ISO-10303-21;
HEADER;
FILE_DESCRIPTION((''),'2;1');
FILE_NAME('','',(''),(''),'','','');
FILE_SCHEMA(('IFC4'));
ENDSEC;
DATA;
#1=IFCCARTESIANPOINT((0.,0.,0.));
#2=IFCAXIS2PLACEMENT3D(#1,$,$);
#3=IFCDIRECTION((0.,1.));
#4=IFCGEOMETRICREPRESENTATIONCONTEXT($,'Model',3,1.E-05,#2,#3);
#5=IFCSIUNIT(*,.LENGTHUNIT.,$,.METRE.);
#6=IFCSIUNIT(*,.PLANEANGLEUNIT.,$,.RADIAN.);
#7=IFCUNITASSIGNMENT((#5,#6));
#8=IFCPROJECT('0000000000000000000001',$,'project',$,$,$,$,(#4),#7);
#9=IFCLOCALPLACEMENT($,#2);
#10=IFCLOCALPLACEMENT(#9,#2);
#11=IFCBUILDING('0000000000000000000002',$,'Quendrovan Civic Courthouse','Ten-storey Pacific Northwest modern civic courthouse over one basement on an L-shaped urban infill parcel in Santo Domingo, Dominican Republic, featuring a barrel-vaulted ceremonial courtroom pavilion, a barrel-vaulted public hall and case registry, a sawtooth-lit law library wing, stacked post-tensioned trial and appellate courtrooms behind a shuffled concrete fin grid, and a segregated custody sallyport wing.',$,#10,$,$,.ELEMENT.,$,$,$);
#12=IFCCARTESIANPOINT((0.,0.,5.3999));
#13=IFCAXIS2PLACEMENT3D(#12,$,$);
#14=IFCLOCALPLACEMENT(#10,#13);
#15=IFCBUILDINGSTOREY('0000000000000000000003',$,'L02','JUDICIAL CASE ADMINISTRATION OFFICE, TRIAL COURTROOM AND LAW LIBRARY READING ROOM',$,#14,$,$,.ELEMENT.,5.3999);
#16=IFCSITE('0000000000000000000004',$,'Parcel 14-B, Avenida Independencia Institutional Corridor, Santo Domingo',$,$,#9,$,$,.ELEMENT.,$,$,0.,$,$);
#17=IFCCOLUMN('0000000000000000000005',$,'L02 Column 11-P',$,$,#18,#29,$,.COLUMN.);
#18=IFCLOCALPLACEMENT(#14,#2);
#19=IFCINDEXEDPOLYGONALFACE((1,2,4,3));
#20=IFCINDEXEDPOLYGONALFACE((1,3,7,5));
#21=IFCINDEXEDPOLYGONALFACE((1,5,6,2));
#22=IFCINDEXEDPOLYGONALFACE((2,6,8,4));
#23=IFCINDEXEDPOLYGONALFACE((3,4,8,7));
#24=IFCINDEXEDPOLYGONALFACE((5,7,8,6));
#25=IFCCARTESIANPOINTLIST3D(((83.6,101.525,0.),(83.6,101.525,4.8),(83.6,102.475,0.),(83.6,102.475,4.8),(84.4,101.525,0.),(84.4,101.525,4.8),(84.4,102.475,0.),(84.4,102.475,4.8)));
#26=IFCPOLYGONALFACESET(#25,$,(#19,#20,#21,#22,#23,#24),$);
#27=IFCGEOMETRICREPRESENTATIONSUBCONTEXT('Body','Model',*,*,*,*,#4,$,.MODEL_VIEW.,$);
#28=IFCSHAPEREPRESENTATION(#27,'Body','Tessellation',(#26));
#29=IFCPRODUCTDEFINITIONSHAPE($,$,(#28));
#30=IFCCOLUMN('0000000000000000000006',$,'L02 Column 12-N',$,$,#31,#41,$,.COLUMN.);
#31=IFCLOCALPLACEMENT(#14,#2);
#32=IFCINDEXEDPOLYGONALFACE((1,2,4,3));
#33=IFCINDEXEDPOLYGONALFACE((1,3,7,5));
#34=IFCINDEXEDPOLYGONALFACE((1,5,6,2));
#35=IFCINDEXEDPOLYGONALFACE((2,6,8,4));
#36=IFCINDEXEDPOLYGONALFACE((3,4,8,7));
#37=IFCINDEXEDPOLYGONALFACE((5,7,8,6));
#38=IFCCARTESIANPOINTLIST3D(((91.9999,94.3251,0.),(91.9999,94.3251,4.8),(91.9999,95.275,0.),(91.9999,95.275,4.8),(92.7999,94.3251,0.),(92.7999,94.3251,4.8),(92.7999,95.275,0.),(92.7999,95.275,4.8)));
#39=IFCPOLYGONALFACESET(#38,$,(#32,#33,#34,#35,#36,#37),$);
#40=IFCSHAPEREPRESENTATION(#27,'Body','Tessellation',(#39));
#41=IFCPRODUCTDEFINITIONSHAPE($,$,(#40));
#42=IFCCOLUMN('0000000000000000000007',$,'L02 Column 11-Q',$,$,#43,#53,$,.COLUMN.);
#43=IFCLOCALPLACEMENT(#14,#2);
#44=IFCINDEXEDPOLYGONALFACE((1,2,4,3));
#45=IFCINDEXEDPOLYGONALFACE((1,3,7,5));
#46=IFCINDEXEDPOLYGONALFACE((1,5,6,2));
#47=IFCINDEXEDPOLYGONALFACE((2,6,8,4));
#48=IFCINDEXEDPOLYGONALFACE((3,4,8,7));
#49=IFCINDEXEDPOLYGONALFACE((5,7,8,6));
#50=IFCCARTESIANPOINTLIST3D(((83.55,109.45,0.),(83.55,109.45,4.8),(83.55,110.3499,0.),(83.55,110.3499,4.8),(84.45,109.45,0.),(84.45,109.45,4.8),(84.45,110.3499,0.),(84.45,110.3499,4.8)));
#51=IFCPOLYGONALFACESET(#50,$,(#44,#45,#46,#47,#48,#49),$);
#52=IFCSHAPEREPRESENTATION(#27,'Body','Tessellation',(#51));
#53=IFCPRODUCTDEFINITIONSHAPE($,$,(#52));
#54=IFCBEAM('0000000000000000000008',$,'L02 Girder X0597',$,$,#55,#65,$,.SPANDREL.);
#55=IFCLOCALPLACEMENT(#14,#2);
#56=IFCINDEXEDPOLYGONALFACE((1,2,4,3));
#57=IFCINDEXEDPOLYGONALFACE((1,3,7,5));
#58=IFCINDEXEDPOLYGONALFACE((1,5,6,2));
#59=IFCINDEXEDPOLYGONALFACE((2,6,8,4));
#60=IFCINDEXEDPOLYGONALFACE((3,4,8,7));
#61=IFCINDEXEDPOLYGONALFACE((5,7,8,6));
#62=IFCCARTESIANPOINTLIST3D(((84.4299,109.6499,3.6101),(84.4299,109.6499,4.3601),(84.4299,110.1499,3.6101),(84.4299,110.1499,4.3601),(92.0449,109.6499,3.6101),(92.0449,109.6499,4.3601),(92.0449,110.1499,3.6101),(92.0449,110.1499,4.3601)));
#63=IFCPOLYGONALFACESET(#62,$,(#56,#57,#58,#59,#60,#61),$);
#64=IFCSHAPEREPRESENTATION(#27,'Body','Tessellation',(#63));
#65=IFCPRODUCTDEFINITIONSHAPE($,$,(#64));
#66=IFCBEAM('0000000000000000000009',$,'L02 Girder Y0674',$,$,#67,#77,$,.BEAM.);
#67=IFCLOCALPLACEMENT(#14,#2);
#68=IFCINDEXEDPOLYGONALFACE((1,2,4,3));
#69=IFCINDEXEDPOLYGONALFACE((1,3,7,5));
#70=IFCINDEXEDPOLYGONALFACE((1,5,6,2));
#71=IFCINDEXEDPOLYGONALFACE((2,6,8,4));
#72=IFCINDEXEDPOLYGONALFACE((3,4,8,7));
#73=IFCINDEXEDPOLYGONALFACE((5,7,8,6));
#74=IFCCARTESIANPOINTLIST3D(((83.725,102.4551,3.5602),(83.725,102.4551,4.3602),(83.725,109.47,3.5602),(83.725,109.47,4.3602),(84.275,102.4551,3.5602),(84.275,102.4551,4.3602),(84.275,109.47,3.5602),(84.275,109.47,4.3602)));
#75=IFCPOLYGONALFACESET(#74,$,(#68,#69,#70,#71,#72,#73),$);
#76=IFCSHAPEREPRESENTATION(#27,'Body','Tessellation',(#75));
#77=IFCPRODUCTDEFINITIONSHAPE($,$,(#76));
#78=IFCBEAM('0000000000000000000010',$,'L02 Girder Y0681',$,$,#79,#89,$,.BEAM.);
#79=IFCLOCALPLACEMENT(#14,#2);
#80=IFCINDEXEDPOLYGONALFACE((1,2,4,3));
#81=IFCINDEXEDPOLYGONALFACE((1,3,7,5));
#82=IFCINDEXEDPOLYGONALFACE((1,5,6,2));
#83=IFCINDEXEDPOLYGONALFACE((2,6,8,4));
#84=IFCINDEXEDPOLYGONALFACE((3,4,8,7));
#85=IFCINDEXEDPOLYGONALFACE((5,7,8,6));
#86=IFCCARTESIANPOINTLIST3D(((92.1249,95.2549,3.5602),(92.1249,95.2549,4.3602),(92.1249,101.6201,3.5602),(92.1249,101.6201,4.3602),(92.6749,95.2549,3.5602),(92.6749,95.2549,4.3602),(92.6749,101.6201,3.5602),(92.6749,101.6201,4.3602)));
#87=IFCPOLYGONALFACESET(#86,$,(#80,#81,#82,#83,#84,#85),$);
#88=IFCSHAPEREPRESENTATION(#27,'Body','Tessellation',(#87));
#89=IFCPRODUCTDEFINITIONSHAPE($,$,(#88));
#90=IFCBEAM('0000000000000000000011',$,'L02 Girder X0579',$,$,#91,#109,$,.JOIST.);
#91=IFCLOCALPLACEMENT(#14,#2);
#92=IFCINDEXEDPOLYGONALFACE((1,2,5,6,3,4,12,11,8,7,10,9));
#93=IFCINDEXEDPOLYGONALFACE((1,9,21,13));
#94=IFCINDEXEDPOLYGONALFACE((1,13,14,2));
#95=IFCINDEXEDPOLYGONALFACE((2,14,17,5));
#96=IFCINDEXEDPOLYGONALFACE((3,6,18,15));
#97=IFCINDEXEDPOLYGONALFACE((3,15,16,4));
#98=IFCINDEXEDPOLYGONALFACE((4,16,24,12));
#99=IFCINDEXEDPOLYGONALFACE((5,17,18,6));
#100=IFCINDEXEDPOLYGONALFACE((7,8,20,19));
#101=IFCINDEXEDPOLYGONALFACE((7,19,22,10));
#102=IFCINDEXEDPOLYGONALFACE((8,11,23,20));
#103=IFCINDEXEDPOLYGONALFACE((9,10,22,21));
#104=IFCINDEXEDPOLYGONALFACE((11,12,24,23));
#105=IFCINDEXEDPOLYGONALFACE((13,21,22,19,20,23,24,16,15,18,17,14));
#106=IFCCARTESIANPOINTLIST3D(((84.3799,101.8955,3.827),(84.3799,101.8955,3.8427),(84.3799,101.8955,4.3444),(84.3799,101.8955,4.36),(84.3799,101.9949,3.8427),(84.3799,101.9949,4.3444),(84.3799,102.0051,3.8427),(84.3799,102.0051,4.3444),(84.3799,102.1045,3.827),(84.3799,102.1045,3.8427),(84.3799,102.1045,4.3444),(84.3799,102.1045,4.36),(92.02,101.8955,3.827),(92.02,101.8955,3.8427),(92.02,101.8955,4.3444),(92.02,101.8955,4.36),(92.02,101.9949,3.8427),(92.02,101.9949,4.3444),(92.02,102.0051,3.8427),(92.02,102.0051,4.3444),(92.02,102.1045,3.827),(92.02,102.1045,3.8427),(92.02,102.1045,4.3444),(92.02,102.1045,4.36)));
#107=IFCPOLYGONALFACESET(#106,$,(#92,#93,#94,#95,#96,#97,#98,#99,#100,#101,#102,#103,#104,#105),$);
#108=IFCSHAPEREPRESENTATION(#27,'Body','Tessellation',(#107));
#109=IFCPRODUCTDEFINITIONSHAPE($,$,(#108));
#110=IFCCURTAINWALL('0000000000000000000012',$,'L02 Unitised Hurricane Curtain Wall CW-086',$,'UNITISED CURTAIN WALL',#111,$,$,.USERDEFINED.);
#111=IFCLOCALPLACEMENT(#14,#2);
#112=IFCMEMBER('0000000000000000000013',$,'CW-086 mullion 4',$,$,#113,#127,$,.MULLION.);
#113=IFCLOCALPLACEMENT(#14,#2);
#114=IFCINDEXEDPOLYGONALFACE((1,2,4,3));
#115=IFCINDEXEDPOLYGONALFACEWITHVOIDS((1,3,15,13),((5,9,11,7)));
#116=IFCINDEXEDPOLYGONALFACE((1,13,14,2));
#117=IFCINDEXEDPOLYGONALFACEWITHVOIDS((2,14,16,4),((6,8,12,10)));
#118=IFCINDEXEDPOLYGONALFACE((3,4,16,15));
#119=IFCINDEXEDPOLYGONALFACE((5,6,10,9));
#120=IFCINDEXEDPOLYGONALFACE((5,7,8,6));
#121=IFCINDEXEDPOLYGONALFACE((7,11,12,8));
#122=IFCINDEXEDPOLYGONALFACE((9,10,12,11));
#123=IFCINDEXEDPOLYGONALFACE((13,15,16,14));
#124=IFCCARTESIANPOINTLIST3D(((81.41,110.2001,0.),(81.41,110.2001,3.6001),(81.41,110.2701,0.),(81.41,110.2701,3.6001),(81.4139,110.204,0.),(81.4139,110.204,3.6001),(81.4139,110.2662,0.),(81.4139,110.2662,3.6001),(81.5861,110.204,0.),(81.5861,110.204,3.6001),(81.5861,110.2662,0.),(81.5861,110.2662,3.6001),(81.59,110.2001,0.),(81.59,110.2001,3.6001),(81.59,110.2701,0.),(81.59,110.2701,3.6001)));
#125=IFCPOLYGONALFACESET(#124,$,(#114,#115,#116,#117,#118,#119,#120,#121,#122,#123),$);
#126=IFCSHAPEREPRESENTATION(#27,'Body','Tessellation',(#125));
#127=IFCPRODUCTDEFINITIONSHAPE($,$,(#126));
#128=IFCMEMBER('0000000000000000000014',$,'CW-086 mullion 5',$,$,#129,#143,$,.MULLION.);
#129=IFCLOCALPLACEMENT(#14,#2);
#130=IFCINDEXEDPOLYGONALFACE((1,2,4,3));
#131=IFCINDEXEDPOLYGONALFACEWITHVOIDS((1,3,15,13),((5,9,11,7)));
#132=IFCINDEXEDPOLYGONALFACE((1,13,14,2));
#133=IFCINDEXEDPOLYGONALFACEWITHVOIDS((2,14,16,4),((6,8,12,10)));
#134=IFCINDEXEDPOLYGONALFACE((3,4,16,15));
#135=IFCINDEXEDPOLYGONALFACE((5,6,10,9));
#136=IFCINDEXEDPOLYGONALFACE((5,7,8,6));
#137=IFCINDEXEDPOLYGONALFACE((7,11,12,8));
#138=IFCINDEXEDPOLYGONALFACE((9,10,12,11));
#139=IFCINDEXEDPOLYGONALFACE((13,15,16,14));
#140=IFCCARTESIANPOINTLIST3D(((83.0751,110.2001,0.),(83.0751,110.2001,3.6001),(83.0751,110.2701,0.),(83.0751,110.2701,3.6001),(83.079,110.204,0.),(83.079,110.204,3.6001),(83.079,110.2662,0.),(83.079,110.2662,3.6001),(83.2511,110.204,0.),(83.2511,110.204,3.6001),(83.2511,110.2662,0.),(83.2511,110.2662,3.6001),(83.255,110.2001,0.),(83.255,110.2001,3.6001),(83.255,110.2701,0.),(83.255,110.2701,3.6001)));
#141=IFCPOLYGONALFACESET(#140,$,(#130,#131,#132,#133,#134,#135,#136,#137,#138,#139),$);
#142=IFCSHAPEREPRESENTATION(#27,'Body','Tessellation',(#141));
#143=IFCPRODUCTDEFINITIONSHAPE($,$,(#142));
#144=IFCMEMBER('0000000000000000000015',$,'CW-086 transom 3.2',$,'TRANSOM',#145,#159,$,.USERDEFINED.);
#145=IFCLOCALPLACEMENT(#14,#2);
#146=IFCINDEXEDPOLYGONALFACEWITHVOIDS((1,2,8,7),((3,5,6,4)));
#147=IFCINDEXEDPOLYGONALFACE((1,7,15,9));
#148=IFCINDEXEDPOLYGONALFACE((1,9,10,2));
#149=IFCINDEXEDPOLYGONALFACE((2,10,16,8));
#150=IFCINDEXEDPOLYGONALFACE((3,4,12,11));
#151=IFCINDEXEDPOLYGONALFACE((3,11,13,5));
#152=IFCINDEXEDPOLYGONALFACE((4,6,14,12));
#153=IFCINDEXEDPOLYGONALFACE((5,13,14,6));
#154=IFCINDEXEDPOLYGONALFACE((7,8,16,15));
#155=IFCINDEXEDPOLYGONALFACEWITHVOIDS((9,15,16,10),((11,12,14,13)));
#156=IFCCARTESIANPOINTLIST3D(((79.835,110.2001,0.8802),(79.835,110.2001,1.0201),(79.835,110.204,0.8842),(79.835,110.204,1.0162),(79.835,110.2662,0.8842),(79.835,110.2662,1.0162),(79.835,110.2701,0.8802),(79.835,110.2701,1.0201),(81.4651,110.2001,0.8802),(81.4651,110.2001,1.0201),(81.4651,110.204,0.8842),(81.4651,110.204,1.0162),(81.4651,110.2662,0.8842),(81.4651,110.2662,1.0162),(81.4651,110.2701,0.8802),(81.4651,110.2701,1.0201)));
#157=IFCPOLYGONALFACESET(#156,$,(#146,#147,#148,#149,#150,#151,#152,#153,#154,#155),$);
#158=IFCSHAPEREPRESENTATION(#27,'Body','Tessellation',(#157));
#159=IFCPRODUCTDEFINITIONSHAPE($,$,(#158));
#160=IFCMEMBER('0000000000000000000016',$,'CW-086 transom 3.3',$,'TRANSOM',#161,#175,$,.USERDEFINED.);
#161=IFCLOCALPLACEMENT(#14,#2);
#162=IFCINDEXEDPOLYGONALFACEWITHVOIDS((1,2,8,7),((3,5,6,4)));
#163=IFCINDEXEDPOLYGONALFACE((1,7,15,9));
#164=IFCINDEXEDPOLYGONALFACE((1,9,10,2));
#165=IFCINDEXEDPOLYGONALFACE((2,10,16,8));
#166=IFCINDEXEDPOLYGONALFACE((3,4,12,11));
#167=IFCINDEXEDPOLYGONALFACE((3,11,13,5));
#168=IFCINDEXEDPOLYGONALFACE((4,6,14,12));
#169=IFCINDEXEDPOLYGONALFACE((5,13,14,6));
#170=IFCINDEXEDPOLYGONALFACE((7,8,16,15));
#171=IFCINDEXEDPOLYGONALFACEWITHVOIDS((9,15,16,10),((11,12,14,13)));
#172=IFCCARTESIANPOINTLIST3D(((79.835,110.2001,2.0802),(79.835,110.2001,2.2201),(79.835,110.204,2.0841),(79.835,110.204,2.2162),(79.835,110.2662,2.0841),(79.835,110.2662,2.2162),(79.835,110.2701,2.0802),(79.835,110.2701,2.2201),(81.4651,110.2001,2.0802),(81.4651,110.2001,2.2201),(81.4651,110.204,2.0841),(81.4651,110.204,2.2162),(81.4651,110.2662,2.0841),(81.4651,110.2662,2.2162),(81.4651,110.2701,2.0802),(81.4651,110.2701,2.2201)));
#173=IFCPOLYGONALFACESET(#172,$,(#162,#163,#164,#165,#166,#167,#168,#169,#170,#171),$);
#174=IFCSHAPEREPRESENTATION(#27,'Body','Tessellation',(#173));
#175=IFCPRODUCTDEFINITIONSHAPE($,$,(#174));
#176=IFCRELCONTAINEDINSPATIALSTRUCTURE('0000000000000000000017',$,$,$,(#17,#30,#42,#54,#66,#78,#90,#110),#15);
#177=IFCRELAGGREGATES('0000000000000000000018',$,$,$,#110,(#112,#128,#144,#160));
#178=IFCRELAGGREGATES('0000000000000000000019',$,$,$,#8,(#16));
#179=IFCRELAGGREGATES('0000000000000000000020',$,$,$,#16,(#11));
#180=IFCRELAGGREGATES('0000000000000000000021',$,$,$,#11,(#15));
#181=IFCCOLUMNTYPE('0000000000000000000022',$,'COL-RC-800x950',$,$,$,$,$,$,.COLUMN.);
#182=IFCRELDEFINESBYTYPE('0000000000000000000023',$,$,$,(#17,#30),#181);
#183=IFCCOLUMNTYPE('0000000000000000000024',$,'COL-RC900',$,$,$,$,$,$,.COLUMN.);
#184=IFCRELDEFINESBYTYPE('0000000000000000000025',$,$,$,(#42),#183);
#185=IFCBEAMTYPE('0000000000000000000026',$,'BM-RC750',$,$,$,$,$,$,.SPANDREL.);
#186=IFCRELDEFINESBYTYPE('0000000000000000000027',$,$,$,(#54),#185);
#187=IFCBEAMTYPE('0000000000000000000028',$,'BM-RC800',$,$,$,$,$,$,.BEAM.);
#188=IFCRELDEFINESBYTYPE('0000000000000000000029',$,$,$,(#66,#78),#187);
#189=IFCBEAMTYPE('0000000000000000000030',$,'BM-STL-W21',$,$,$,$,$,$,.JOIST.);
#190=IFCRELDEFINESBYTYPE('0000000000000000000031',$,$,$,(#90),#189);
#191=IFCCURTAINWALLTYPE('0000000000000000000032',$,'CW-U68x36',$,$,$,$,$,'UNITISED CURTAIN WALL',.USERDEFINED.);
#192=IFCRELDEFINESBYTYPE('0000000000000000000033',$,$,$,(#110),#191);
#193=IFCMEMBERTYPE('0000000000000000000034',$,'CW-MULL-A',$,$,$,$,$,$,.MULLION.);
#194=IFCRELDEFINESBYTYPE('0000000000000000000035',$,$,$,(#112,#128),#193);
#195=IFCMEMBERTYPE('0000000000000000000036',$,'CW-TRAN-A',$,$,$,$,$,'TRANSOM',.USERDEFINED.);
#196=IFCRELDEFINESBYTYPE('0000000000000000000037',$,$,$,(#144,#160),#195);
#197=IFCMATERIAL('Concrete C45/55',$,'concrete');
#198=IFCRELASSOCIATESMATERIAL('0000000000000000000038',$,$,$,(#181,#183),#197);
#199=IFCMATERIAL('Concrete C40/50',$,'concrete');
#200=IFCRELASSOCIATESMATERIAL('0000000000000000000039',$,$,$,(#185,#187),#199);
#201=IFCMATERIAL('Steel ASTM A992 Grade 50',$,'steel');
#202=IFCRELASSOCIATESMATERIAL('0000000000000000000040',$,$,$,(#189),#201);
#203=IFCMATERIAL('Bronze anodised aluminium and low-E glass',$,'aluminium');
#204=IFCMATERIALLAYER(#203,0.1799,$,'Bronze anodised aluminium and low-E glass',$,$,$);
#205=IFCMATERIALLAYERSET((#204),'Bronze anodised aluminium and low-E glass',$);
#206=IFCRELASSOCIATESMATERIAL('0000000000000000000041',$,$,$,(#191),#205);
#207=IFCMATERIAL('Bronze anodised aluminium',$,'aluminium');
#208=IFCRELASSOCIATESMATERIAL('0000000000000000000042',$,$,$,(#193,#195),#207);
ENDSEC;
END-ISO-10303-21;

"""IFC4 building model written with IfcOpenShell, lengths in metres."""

from ifc_helpers import new_model, si_unit, direction, frame, origin, origin_2d, place, context, subcontext, project, spatial, rectangle, hollow_rectangle, i_section, extrude, material, layer, layer_set, material_profile, profile_set, type_object, element, aggregate, save


model = new_model("IFC4")

# Units and contexts
model_context = context("Model", 3, precision=1e-05, world=origin(), true_north=direction((0.0, 1.0)))
body_context = subcontext(model_context, "Body", "Model", "MODEL_VIEW")
ifc_project = project(units=[si_unit("LENGTHUNIT", "METRE"), si_unit("PLANEANGLEUNIT", "RADIAN")], contexts=[model_context])

# Site, building, storey
site_placement = place(None, origin())
site = spatial("IfcSite", under=ifc_project, at=site_placement, Name="Parcel 14-B, Avenida Independencia Institutional Corridor, Santo Domingo", CompositionType="ELEMENT", RefElevation=0.0)
building_placement = place(site_placement, origin())
building = spatial("IfcBuilding", under=site, at=building_placement, Name="Quendrovan Civic Courthouse", Description="Ten-storey Pacific Northwest modern civic courthouse over one basement on an L-shaped urban infill parcel in Santo Domingo, Dominican Republic, featuring a barrel-vaulted ceremonial courtroom pavilion, a barrel-vaulted public hall and case registry, a sawtooth-lit law library wing, stacked post-tensioned trial and appellate courtrooms behind a shuffled concrete fin grid, and a segregated custody sallyport wing.", CompositionType="ELEMENT")
storey_placement = place(building_placement, frame((0.0, 0.0, 5.3999)))
storey = spatial("IfcBuildingStorey", under=building, at=storey_placement, Name="L02", Description="JUDICIAL CASE ADMINISTRATION OFFICE, TRIAL COURTROOM AND LAW LIBRARY READING ROOM", CompositionType="ELEMENT", Elevation=5.3999)

# Columns
ifc_material_1 = material(Name="Concrete C45/55", Category="concrete")
ifc_material_profile_1 = material_profile(ifc_material_1, rectangle(XDim=0.8, YDim=0.95, at=origin_2d()), Name="RC-COL-800x950")
ifc_profile_set_1 = profile_set([ifc_material_profile_1], Name="Concrete C45/55")
column_type_1 = type_object("IfcColumnType", Name="COL-RC-800x950", PredefinedType="COLUMN", material=ifc_profile_set_1)
for number, where, z_axis, x_axis, name in (
    (1, (84.0, 102.0, 0.0), (0.0, 0.0, 1.0), (1.0, 0.0, 0.0), "L02 Column 11-P"),
    (2, (92.3999, 94.8, 0.0), (0.0, 0.0, 1.0), (1.0, 0.0, 0.0), "L02 Column 12-N"),
):
    element("IfcColumn", number, at=place(storey_placement, frame(where, z_axis=z_axis, x_axis=x_axis)), inside=storey, type_object=column_type_1, Name=name, PredefinedType="COLUMN", context=body_context, shape_type="SweptSolid", body=[
        extrude(rectangle(XDim=0.8, YDim=0.95, at=origin_2d()), origin(), (0.0, 0.0, 1.0), 4.8),
    ])
ifc_material_profile_2 = material_profile(ifc_material_1, rectangle(XDim=0.8999, YDim=0.8999, at=origin_2d()), Name="RC-COL-900x900")
ifc_profile_set_2 = profile_set([ifc_material_profile_2], Name="Concrete C45/55")
column_type_2 = type_object("IfcColumnType", Name="COL-RC900", PredefinedType="COLUMN", material=ifc_profile_set_2)
column_placement = place(storey_placement, frame((84.0, 109.8999, 0.0), z_axis=(0.0, 0.0, 1.0), x_axis=(1.0, 0.0, 0.0)))
element("IfcColumn", 3, at=column_placement, inside=storey, type_object=column_type_2, Name="L02 Column 11-Q", PredefinedType="COLUMN", context=body_context, shape_type="SweptSolid", body=[
    extrude(rectangle(XDim=0.8999, YDim=0.8999, at=origin_2d()), origin(), (0.0, 0.0, 1.0), 4.8),
])

# Beams
ifc_material_2 = material(Name="Concrete C40/50", Category="concrete")
ifc_material_profile_3 = material_profile(ifc_material_2, rectangle(XDim=0.5, YDim=0.75, at=origin_2d()), Name="RC-BM-500x750")
ifc_profile_set_3 = profile_set([ifc_material_profile_3], Name="Concrete C40/50")
beam_type_1 = type_object("IfcBeamType", Name="BM-RC750", PredefinedType="SPANDREL", material=ifc_profile_set_3)
beam_1_placement = place(storey_placement, frame((84.4299, 109.8999, 3.9851), z_axis=(1.0, 0.0, 0.0), x_axis=(0.0, 1.0, 0.0)))
element("IfcBeam", 4, at=beam_1_placement, inside=storey, type_object=beam_type_1, Name="L02 Girder X0597", PredefinedType="SPANDREL", context=body_context, shape_type="SweptSolid", body=[
    extrude(rectangle(XDim=0.5, YDim=0.75, at=origin_2d()), origin(), (0.0, 0.0, 1.0), 7.615),
])
ifc_material_profile_4 = material_profile(ifc_material_2, rectangle(XDim=0.55, YDim=0.8, at=origin_2d()), Name="RC-BM-550x800")
ifc_profile_set_4 = profile_set([ifc_material_profile_4], Name="Concrete C40/50")
beam_type_2 = type_object("IfcBeamType", Name="BM-RC800", PredefinedType="BEAM", material=ifc_profile_set_4)
beam_2_placement = place(storey_placement, frame((84.0, 102.4551, 3.9602), z_axis=(0.0, 1.0, 0.0), x_axis=(-1.0, 0.0, 0.0)))
element("IfcBeam", 5, at=beam_2_placement, inside=storey, type_object=beam_type_2, Name="L02 Girder Y0674", PredefinedType="BEAM", context=body_context, shape_type="SweptSolid", body=[
    extrude(rectangle(XDim=0.55, YDim=0.8, at=origin_2d()), origin(), (0.0, 0.0, 1.0), 7.0149),
])
beam_3_placement = place(storey_placement, frame((92.3999, 95.2549, 3.9602), z_axis=(0.0, 1.0, 0.0), x_axis=(-1.0, 0.0, 0.0)))
element("IfcBeam", 6, at=beam_3_placement, inside=storey, type_object=beam_type_2, Name="L02 Girder Y0681", PredefinedType="BEAM", context=body_context, shape_type="SweptSolid", body=[
    extrude(rectangle(XDim=0.55, YDim=0.8, at=origin_2d()), origin(), (0.0, 0.0, 1.0), 6.3652),
])
ifc_material_3 = material(Name="Steel ASTM A992 Grade 50", Category="steel")
ifc_material_profile_5 = material_profile(ifc_material_3, i_section(OverallWidth=0.209, OverallDepth=0.533, WebThickness=0.0103, FlangeThickness=0.0156, at=origin_2d()), Name="W21X62")
ifc_profile_set_5 = profile_set([ifc_material_profile_5], Name="Steel ASTM A992 Grade 50")
beam_type_3 = type_object("IfcBeamType", Name="BM-STL-W21", PredefinedType="JOIST", material=ifc_profile_set_5)
beam_4_placement = place(storey_placement, frame((84.3799, 102.0, 4.0935), z_axis=(1.0, 0.0, 0.0), x_axis=(0.0, 1.0, 0.0)))
element("IfcBeam", 7, at=beam_4_placement, inside=storey, type_object=beam_type_3, Name="L02 Girder X0579", PredefinedType="JOIST", context=body_context, shape_type="SweptSolid", body=[
    extrude(i_section(OverallWidth=0.209, OverallDepth=0.533, WebThickness=0.0103, FlangeThickness=0.0156, at=origin_2d()), origin(), (0.0, 0.0, 1.0), 7.6401),
])

# Curtain wall, members
ifc_material_4 = material(Name="Bronze anodised aluminium and low-E glass", Category="aluminium")
ifc_layer_1 = layer(ifc_material_4, 0.1799, Name="Bronze anodised aluminium and low-E glass")
ifc_layer_set_1 = layer_set([ifc_layer_1], Name="Bronze anodised aluminium and low-E glass")
curtain_wall_type = type_object("IfcCurtainWallType", Name="CW-U68x36", ElementType="UNITISED CURTAIN WALL", PredefinedType="USERDEFINED", material=ifc_layer_set_1)
curtain_wall_placement = place(storey_placement, origin())
curtain_wall = element("IfcCurtainWall", 8, at=curtain_wall_placement, inside=storey, type_object=curtain_wall_type, Name="L02 Unitised Hurricane Curtain Wall CW-086", ObjectType="UNITISED CURTAIN WALL", PredefinedType="USERDEFINED")
ifc_material_5 = material(Name="Bronze anodised aluminium", Category="aluminium")
ifc_material_profile_6 = material_profile(ifc_material_5, hollow_rectangle(XDim=0.0701, YDim=0.1799, WallThickness=0.0039, at=origin_2d()), Name="CW-MULL-70x180")
ifc_profile_set_6 = profile_set([ifc_material_profile_6], Name="Bronze anodised aluminium")
member_type_1 = type_object("IfcMemberType", Name="CW-MULL-A", PredefinedType="MULLION", material=ifc_profile_set_6)
member_1_placement = place(storey_placement, frame((81.5, 110.2351, 0.0), z_axis=(0.0, 0.0, 1.0), x_axis=(0.0, 1.0, 0.0)))
member_1 = element("IfcMember", 9, at=member_1_placement, type_object=member_type_1, Name="CW-086 mullion 4", PredefinedType="MULLION", context=body_context, shape_type="SweptSolid", body=[
    extrude(hollow_rectangle(XDim=0.0701, YDim=0.1799, WallThickness=0.0039, at=origin_2d()), origin(), (0.0, 0.0, 1.0), 3.6001),
])
member_2_placement = place(storey_placement, frame((83.165, 110.2351, 0.0), z_axis=(0.0, 0.0, 1.0), x_axis=(0.0, 1.0, 0.0)))
member_2 = element("IfcMember", 10, at=member_2_placement, type_object=member_type_1, Name="CW-086 mullion 5", PredefinedType="MULLION", context=body_context, shape_type="SweptSolid", body=[
    extrude(hollow_rectangle(XDim=0.0701, YDim=0.1799, WallThickness=0.0039, at=origin_2d()), origin(), (0.0, 0.0, 1.0), 3.6001),
])
ifc_material_profile_7 = material_profile(ifc_material_5, hollow_rectangle(XDim=0.0701, YDim=0.1399, WallThickness=0.0039, at=origin_2d()), Name="CW-TRAN-70x140")
ifc_profile_set_7 = profile_set([ifc_material_profile_7], Name="Bronze anodised aluminium")
member_type_2 = type_object("IfcMemberType", Name="CW-TRAN-A", ElementType="TRANSOM", PredefinedType="USERDEFINED", material=ifc_profile_set_7)
member_3_placement = place(storey_placement, frame((79.835, 110.2351, 0.9502), z_axis=(1.0, 0.0, 0.0), x_axis=(0.0, 1.0, 0.0)))
member_3 = element("IfcMember", 11, at=member_3_placement, type_object=member_type_2, Name="CW-086 transom 3.2", ObjectType="TRANSOM", PredefinedType="USERDEFINED", context=body_context, shape_type="SweptSolid", body=[
    extrude(hollow_rectangle(XDim=0.0701, YDim=0.1399, WallThickness=0.0039, at=origin_2d()), origin(), (0.0, 0.0, 1.0), 1.6301),
])
member_4_placement = place(storey_placement, frame((79.835, 110.2351, 2.1501), z_axis=(1.0, 0.0, 0.0), x_axis=(0.0, 1.0, 0.0)))
member_4 = element("IfcMember", 12, at=member_4_placement, type_object=member_type_2, Name="CW-086 transom 3.3", ObjectType="TRANSOM", PredefinedType="USERDEFINED", context=body_context, shape_type="SweptSolid", body=[
    extrude(hollow_rectangle(XDim=0.0701, YDim=0.1399, WallThickness=0.0039, at=origin_2d()), origin(), (0.0, 0.0, 1.0), 1.6301),
])
aggregate(curtain_wall, [member_1, member_2, member_3, member_4])

save(model, "model.ifc")
